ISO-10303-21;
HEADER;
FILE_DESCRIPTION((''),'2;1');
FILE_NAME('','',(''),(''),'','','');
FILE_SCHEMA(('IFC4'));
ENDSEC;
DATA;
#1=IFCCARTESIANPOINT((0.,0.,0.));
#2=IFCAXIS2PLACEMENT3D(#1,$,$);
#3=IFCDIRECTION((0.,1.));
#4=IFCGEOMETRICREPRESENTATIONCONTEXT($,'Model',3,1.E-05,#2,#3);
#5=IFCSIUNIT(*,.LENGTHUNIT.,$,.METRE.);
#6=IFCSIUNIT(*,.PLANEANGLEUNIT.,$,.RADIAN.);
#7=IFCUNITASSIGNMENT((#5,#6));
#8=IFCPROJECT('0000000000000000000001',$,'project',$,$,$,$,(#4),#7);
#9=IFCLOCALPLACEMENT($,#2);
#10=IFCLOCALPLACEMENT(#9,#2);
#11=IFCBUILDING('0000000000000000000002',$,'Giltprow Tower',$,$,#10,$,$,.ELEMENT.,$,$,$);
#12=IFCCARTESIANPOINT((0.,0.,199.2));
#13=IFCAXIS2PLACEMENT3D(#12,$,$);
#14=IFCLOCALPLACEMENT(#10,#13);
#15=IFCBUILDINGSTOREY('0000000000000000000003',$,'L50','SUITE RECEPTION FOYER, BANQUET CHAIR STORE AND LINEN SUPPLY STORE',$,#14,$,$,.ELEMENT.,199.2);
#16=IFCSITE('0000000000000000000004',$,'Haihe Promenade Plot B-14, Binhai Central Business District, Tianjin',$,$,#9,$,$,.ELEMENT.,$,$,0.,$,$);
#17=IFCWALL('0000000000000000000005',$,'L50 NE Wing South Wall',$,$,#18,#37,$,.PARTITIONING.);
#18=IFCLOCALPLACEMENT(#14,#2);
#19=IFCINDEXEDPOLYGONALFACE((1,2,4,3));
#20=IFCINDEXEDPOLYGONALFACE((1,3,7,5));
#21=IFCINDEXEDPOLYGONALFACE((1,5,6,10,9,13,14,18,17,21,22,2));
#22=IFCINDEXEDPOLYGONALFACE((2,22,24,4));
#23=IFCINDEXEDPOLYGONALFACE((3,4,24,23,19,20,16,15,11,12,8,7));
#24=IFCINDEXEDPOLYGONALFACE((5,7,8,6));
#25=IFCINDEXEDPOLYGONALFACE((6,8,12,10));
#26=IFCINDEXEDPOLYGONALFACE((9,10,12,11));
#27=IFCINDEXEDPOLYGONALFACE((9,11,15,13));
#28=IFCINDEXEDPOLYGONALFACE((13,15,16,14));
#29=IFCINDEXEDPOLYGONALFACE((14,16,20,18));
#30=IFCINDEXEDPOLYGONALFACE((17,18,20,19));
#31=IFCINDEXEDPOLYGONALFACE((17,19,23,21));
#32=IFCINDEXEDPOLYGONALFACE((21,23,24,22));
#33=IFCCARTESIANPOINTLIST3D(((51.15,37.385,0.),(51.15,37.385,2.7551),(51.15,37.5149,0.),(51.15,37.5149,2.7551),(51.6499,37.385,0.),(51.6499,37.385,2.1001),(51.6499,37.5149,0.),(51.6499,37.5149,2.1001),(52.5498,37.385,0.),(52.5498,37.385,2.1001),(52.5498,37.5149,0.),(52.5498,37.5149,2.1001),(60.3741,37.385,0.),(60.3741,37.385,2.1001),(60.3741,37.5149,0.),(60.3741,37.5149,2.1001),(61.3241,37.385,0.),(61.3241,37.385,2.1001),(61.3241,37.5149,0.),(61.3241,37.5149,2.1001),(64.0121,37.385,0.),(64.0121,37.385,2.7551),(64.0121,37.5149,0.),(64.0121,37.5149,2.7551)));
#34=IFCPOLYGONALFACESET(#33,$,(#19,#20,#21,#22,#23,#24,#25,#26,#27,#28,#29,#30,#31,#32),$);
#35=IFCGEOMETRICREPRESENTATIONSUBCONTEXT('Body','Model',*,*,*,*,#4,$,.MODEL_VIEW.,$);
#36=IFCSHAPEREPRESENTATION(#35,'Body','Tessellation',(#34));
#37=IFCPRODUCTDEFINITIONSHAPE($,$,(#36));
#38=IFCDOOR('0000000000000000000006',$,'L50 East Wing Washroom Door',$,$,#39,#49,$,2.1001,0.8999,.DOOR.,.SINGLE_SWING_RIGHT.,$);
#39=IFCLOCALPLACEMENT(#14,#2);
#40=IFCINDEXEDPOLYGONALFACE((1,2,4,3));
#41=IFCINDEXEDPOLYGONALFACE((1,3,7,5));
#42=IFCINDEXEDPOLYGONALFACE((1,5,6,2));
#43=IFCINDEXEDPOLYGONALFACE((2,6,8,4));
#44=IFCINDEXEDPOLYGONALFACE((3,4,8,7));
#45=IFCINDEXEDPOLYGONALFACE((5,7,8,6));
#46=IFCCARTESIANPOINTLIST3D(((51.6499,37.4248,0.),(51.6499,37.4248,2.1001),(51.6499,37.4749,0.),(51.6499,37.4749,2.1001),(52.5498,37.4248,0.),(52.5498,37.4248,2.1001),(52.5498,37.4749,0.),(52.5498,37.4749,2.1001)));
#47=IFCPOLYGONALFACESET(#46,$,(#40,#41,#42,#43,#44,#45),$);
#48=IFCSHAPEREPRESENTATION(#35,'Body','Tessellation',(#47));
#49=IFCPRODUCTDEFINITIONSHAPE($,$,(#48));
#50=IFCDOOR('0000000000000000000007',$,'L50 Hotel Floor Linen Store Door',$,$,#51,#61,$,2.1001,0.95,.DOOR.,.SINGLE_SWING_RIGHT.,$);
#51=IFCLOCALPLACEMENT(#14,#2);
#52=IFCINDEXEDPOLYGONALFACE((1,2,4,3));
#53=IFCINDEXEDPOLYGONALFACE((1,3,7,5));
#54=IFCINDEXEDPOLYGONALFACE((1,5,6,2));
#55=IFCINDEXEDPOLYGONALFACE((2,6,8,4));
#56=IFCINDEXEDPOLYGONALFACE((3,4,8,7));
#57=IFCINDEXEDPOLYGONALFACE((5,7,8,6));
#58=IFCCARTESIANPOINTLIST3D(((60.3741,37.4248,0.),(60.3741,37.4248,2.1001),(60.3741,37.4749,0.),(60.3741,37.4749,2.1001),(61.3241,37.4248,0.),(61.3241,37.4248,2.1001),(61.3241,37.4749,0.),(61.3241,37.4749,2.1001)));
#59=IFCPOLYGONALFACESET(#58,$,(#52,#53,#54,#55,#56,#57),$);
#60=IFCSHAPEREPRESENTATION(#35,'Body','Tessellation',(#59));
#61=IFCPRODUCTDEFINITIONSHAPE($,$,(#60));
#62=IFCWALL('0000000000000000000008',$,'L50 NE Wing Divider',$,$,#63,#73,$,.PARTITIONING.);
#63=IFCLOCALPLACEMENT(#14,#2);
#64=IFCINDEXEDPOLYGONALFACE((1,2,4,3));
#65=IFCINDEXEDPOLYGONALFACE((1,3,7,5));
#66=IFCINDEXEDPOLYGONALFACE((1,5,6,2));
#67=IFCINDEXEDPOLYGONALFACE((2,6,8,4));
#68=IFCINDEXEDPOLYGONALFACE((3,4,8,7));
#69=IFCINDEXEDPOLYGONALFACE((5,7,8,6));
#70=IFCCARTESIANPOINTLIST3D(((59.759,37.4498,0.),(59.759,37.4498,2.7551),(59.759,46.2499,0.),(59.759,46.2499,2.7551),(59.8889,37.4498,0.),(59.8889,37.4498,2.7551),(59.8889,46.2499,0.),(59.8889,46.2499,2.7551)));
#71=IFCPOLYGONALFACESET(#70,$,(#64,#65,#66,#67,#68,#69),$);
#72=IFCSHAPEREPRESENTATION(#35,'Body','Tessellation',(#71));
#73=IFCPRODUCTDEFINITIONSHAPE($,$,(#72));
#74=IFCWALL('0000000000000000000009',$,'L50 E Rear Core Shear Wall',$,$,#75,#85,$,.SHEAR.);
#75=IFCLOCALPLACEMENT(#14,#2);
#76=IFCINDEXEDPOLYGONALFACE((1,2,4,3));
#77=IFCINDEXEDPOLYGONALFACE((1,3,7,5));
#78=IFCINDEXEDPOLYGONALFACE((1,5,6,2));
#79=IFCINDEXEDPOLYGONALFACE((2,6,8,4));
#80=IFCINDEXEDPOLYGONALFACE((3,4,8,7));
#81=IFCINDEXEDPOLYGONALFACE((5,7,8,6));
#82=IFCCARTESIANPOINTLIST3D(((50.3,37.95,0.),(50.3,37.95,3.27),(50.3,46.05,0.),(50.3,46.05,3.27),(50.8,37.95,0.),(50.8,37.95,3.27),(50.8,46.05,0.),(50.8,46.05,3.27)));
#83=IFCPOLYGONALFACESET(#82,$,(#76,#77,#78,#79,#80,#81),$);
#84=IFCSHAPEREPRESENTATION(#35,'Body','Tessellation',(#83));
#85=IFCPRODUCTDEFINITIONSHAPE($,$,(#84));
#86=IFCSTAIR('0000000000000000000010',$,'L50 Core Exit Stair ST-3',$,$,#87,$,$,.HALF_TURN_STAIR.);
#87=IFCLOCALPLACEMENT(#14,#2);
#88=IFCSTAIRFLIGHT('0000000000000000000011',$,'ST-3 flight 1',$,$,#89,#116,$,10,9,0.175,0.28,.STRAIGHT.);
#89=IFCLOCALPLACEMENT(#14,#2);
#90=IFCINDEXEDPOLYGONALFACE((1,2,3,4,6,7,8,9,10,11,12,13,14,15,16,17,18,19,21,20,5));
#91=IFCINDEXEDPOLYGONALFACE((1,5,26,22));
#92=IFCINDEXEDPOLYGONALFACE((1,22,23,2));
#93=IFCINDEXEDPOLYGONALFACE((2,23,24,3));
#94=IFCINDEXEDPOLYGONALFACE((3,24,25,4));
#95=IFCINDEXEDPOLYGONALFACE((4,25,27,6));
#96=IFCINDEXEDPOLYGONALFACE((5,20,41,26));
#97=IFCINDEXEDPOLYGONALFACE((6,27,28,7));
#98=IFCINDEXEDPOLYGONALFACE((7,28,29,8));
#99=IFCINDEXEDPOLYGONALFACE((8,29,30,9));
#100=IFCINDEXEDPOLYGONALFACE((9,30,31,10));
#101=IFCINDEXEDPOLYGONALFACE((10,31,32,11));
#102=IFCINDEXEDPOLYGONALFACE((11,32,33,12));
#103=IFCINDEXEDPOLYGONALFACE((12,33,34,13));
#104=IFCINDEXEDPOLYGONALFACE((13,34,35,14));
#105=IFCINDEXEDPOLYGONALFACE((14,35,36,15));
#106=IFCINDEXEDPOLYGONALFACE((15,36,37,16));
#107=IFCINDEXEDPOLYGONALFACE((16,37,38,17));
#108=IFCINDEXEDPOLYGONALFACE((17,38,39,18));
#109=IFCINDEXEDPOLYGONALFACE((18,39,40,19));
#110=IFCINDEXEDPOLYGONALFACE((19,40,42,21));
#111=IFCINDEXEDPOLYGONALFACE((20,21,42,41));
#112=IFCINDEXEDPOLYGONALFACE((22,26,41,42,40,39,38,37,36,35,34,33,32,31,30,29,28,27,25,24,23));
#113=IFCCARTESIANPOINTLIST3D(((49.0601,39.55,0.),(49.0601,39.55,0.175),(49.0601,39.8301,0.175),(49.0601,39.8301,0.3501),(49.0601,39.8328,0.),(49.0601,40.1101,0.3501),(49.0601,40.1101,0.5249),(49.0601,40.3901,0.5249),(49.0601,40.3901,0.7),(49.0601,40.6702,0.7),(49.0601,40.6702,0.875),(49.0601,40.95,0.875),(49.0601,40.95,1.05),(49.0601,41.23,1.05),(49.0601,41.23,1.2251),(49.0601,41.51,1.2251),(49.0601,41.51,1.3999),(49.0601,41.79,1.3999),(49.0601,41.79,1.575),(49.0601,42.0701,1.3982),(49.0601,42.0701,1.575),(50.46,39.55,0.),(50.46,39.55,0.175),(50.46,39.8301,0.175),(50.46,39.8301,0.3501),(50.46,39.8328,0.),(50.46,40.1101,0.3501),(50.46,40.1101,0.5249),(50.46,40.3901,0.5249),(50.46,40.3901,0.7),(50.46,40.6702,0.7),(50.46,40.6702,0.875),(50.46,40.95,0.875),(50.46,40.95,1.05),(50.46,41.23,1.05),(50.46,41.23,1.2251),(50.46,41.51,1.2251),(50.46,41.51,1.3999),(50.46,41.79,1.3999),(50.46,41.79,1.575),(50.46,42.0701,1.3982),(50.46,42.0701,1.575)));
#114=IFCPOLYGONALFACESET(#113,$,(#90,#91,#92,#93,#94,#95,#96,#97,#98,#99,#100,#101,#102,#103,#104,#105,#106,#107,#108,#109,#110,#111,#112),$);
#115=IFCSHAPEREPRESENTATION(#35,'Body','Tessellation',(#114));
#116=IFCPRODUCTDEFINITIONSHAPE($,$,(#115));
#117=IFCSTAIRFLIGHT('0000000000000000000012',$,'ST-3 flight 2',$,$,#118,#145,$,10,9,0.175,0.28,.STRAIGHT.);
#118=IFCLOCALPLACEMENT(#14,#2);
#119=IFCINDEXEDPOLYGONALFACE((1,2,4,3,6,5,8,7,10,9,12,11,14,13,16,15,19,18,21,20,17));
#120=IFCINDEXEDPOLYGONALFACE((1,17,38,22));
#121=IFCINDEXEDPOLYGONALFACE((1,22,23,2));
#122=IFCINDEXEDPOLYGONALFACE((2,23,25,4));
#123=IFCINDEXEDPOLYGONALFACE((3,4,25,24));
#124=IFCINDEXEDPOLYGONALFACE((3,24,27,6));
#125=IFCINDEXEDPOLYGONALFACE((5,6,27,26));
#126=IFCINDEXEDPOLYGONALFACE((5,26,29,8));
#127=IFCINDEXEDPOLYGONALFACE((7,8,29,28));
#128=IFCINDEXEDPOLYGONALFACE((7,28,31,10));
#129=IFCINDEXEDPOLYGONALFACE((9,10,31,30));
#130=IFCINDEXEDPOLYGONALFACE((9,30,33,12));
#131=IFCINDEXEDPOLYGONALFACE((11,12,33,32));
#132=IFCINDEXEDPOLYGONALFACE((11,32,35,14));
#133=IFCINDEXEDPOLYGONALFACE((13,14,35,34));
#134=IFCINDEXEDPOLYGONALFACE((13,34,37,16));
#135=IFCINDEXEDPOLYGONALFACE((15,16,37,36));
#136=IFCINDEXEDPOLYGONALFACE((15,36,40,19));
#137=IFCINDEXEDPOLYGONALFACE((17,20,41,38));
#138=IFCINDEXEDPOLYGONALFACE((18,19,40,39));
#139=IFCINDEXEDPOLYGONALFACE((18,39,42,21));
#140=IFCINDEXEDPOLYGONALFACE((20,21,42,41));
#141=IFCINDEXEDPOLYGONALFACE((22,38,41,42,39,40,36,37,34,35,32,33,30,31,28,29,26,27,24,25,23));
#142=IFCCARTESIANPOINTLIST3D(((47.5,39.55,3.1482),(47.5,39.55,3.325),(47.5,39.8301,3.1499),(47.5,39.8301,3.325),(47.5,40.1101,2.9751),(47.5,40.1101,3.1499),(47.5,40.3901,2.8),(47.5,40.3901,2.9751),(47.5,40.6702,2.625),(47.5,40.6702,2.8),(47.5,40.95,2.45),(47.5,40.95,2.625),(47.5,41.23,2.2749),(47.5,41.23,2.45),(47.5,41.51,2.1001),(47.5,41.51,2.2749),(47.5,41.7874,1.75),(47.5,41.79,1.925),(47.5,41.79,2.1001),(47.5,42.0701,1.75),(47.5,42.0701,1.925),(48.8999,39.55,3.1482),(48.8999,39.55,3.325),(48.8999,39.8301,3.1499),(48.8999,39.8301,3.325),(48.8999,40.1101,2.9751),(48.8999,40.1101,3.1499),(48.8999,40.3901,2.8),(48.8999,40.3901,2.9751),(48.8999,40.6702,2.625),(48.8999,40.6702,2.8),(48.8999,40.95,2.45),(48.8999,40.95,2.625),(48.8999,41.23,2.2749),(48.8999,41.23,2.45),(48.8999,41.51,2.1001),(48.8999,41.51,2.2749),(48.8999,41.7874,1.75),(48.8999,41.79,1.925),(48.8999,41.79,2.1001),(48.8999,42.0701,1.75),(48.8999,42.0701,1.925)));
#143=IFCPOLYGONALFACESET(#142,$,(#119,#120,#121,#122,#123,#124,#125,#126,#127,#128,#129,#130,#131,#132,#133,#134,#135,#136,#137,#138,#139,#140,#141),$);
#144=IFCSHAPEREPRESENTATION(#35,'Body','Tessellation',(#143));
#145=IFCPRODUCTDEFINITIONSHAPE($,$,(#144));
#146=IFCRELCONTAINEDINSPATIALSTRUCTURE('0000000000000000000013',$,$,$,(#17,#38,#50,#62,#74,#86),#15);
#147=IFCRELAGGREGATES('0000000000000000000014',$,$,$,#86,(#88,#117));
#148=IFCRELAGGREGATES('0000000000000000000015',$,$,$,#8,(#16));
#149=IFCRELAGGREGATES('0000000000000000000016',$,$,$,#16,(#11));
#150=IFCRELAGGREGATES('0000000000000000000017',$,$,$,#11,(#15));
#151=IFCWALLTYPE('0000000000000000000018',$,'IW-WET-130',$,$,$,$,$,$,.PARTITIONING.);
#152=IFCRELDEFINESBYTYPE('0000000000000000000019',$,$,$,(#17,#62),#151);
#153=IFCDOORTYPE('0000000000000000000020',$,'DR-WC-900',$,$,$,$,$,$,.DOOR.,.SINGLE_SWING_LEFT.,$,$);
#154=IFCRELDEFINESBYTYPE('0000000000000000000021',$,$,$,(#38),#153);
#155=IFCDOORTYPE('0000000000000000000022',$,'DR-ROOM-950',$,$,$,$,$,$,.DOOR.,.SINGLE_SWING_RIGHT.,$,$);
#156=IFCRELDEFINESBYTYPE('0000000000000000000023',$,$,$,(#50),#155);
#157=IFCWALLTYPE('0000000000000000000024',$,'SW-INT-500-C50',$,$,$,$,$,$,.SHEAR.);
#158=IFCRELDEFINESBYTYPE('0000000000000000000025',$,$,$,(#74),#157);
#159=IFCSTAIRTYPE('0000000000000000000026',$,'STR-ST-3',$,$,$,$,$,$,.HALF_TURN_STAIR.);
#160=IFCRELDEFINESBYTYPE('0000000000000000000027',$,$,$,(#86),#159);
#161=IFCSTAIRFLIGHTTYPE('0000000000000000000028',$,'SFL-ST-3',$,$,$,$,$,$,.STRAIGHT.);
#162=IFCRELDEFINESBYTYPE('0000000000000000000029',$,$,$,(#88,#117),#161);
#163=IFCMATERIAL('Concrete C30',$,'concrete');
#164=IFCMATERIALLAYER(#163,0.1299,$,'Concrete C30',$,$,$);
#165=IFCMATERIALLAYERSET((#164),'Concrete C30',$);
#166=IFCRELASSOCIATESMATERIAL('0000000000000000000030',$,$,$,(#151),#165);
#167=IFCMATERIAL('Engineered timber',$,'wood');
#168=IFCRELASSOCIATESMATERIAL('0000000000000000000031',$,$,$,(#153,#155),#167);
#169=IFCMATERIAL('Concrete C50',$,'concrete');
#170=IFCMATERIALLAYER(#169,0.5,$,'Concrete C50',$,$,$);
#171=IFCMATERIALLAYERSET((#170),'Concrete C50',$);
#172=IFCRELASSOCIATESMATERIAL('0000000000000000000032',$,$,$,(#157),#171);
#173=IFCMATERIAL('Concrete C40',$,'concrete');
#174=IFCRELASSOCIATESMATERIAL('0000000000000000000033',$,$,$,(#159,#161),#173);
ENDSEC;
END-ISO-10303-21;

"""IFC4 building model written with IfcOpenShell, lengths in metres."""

from ifc_helpers import new_model, si_unit, direction, frame, frame_2d, origin, place, context, subcontext, project, spatial, polyline, rectangle, outline, extrude, source, transform, mapped, material, layer, layer_set, type_object, element, fill, aggregate, save


model = new_model("IFC4")

# Units and contexts
model_context = context("Model", 3, precision=1e-05, world=origin(), true_north=direction((0.0, 1.0)))
body_context = subcontext(model_context, "Body", "Model", "MODEL_VIEW")
ifc_project = project(units=[si_unit("LENGTHUNIT", "METRE"), si_unit("PLANEANGLEUNIT", "RADIAN")], contexts=[model_context])

# Site, building, storey
site_placement = place(None, origin())
site = spatial("IfcSite", under=ifc_project, at=site_placement, Name="Haihe Promenade Plot B-14, Binhai Central Business District, Tianjin", CompositionType="ELEMENT", RefElevation=0.0)
building_placement = place(site_placement, origin())
building = spatial("IfcBuilding", under=site, at=building_placement, Name="Giltprow Tower", CompositionType="ELEMENT")
storey_placement = place(building_placement, frame((0.0, 0.0, 199.2)))
storey = spatial("IfcBuildingStorey", under=building, at=storey_placement, Name="L50", Description="SUITE RECEPTION FOYER, BANQUET CHAIR STORE AND LINEN SUPPLY STORE", CompositionType="ELEMENT", Elevation=199.2)

# Shared definitions
ifc_material_1 = material(Name="Concrete C50", Category="concrete")

# Wall, openings, doors
ifc_material_2 = material(Name="Concrete C30", Category="concrete")
ifc_layer_1 = layer(ifc_material_2, 0.1299, Name="Concrete C30")
ifc_layer_set_1 = layer_set([ifc_layer_1], Name="Concrete C30")
wall_type_1 = type_object("IfcWallType", Name="IW-WET-130", PredefinedType="PARTITIONING", material=ifc_layer_set_1)
wall_1_placement = place(storey_placement, frame((51.1499, 37.45, 0.0), z_axis=(0.0, 0.0, 1.0), x_axis=(1.0, 0.0, 0.0)))
wall_1 = element("IfcWall", 1, at=wall_1_placement, inside=storey, type_object=wall_type_1, Name="L50 NE Wing South Wall", PredefinedType="PARTITIONING", context=body_context, shape_type="SweptSolid", body=[
    extrude(rectangle(XDim=12.8621, YDim=0.1299, at=frame_2d((6.4312, 0.0))), origin(), (0.0, 0.0, 1.0), 2.7551),
])
opening_1_placement = place(wall_1_placement, frame((0.5, 0.0, 0.0)))
opening_1 = element("IfcOpeningElement", 2, at=opening_1_placement, cuts=wall_1, PredefinedType="OPENING", context=body_context, shape_type="SweptSolid", body=[
    extrude(rectangle(XDim=0.8999, YDim=2.1001, at=frame_2d((0.45, 1.05))), frame((0.0, 0.075, 0.0), z_axis=(0.0, -1.0, 0.0), x_axis=(1.0, 0.0, 0.0)), (0.0, 0.0, 1.0), 0.1499),
])
opening_2_placement = place(wall_1_placement, frame((9.2241, 0.0, 0.0)))
opening_2 = element("IfcOpeningElement", 3, at=opening_2_placement, cuts=wall_1, PredefinedType="OPENING", context=body_context, shape_type="SweptSolid", body=[
    extrude(rectangle(XDim=0.95, YDim=2.1001, at=frame_2d((0.4751, 1.05))), frame((0.0, 0.075, 0.0), z_axis=(0.0, -1.0, 0.0), x_axis=(1.0, 0.0, 0.0)), (0.0, 0.0, 1.0), 0.1499),
])
ifc_material_3 = material(Name="Engineered timber", Category="wood")
door_type_1 = type_object("IfcDoorType", Name="DR-WC-900", OperationType="SINGLE_SWING_LEFT", PredefinedType="DOOR", material=ifc_material_3)
shared_shape_1 = source(origin(), body_context, "Body", "SweptSolid", [
    extrude(rectangle(XDim=0.8999, YDim=2.1001, at=frame_2d((0.45, 1.05))), frame((0.0, 0.0249, 0.0), z_axis=(0.0, -1.0, 0.0), x_axis=(1.0, 0.0, 0.0)), (0.0, 0.0, 1.0), 0.05),
])
door_1_placement = place(opening_1_placement, origin())
door_1 = element("IfcDoor", 4, at=door_1_placement, inside=storey, type_object=door_type_1, Name="L50 East Wing Washroom Door", OperationType="SINGLE_SWING_RIGHT", OverallHeight=2.1001, OverallWidth=0.8999, PredefinedType="DOOR", context=body_context, shape_type="MappedRepresentation", body=[
    mapped(shared_shape_1, transform((0.0, 0.0, 0.0), x_axis=(1.0, 0.0, 0.0), y_axis=(0.0, 1.0, 0.0), z_axis=(0.0, 0.0, 1.0), scale=1.0)),
])
fill(opening_1, door_1)
door_type_2 = type_object("IfcDoorType", Name="DR-ROOM-950", OperationType="SINGLE_SWING_RIGHT", PredefinedType="DOOR", material=ifc_material_3)
shared_shape_2 = source(origin(), body_context, "Body", "SweptSolid", [
    extrude(rectangle(XDim=0.95, YDim=2.1001, at=frame_2d((0.4751, 1.05))), frame((0.0, 0.0249, 0.0), z_axis=(0.0, -1.0, 0.0), x_axis=(1.0, 0.0, 0.0)), (0.0, 0.0, 1.0), 0.05),
])
door_2_placement = place(opening_2_placement, origin())
door_2 = element("IfcDoor", 5, at=door_2_placement, inside=storey, type_object=door_type_2, Name="L50 Hotel Floor Linen Store Door", OperationType="SINGLE_SWING_RIGHT", OverallHeight=2.1001, OverallWidth=0.95, PredefinedType="DOOR", context=body_context, shape_type="MappedRepresentation", body=[
    mapped(shared_shape_2, transform((0.0, 0.0, 0.0), x_axis=(1.0, 0.0, 0.0), y_axis=(0.0, 1.0, 0.0), z_axis=(0.0, 0.0, 1.0), scale=1.0)),
])
fill(opening_2, door_2)

# Walls
wall_2_placement = place(storey_placement, frame((59.824, 37.45, 0.0), z_axis=(0.0, 0.0, 1.0), x_axis=(0.0, 1.0, 0.0)))
element("IfcWall", 6, at=wall_2_placement, inside=storey, type_object=wall_type_1, Name="L50 NE Wing Divider", PredefinedType="PARTITIONING", context=body_context, shape_type="SweptSolid", body=[
    extrude(rectangle(XDim=8.8, YDim=0.1299, at=frame_2d((4.3999, 0.0))), origin(), (0.0, 0.0, 1.0), 2.7551),
])
ifc_layer_2 = layer(ifc_material_1, 0.5, Name="Concrete C50")
ifc_layer_set_2 = layer_set([ifc_layer_2], Name="Concrete C50")
wall_type_2 = type_object("IfcWallType", Name="SW-INT-500-C50", PredefinedType="SHEAR", material=ifc_layer_set_2)
wall_3_placement = place(storey_placement, frame((50.55, 37.95, 0.0), z_axis=(0.0, 0.0, 1.0), x_axis=(0.0, 1.0, 0.0)))
element("IfcWall", 7, at=wall_3_placement, inside=storey, type_object=wall_type_2, Name="L50 E Rear Core Shear Wall", PredefinedType="SHEAR", context=body_context, shape_type="SweptSolid", body=[
    extrude(rectangle(XDim=8.1001, YDim=0.5, at=frame_2d((4.05, 0.0))), origin(), (0.0, 0.0, 1.0), 3.27),
])

# Stair, stair flights
ifc_material_4 = material(Name="Concrete C40", Category="concrete")
stair_type = type_object("IfcStairType", Name="STR-ST-3", PredefinedType="HALF_TURN_STAIR", material=ifc_material_4)
stair_placement = place(storey_placement, origin())
stair = element("IfcStair", 8, at=stair_placement, inside=storey, type_object=stair_type, Name="L50 Core Exit Stair ST-3", PredefinedType="HALF_TURN_STAIR")
stair_flight_type = type_object("IfcStairFlightType", Name="SFL-ST-3", PredefinedType="STRAIGHT", material=ifc_material_4)
stair_flight_1_placement = place(storey_placement, frame((49.76, 39.55, 0.0), z_axis=(0.0, 0.0, 1.0), x_axis=(0.0, 1.0, 0.0)))
stair_flight_1 = element("IfcStairFlight", 9, at=stair_flight_1_placement, type_object=stair_flight_type, Name="ST-3 flight 1", NumberOfRisers=10, NumberOfTreads=9, PredefinedType="STRAIGHT", RiserHeight=0.175, TreadLength=0.28, context=body_context, shape_type="SweptSolid", body=[
    extrude(outline(polyline([(0.0, 0.0), (0.0, 0.175), (0.28, 0.175), (0.28, 0.3501), (0.5601, 0.3501), (0.5601, 0.5249), (0.8401, 0.5249), (0.8401, 0.7), (1.1201, 0.7), (1.1201, 0.875), (1.3999, 0.875), (1.3999, 1.05), (1.6799, 1.05), (1.6799, 1.2251), (1.96, 1.2251), (1.96, 1.3999), (2.24, 1.3999), (2.24, 1.575), (2.52, 1.575), (2.52, 1.75), (2.52, 1.3982), (0.2827, 0.0), (0.0, 0.0)])), frame((0.0, 0.7, 0.0), z_axis=(0.0, -1.0, 0.0), x_axis=(1.0, 0.0, 0.0)), (0.0, 0.0, 1.0), 1.3999),
])
stair_flight_2_placement = place(storey_placement, frame((48.2, 42.0701, 1.75), z_axis=(0.0, 0.0, 1.0), x_axis=(0.0, -1.0, 0.0)))
stair_flight_2 = element("IfcStairFlight", 10, at=stair_flight_2_placement, type_object=stair_flight_type, Name="ST-3 flight 2", NumberOfRisers=10, NumberOfTreads=9, PredefinedType="STRAIGHT", RiserHeight=0.175, TreadLength=0.28, context=body_context, shape_type="SweptSolid", body=[
    extrude(outline(polyline([(0.0, 0.0), (0.0, 0.175), (0.28, 0.175), (0.28, 0.3501), (0.5601, 0.3501), (0.5601, 0.5249), (0.8401, 0.5249), (0.8401, 0.7), (1.1201, 0.7), (1.1201, 0.875), (1.3999, 0.875), (1.3999, 1.05), (1.6799, 1.05), (1.6799, 1.2251), (1.96, 1.2251), (1.96, 1.3999), (2.24, 1.3999), (2.24, 1.575), (2.52, 1.575), (2.52, 1.75), (2.52, 1.3982), (0.2827, 0.0), (0.0, 0.0)])), frame((0.0, 0.7, 0.0), z_axis=(0.0, -1.0, 0.0), x_axis=(1.0, 0.0, 0.0)), (0.0, 0.0, 1.0), 1.3999),
])
aggregate(stair, [stair_flight_1, stair_flight_2])

save(model, "model.ifc")
